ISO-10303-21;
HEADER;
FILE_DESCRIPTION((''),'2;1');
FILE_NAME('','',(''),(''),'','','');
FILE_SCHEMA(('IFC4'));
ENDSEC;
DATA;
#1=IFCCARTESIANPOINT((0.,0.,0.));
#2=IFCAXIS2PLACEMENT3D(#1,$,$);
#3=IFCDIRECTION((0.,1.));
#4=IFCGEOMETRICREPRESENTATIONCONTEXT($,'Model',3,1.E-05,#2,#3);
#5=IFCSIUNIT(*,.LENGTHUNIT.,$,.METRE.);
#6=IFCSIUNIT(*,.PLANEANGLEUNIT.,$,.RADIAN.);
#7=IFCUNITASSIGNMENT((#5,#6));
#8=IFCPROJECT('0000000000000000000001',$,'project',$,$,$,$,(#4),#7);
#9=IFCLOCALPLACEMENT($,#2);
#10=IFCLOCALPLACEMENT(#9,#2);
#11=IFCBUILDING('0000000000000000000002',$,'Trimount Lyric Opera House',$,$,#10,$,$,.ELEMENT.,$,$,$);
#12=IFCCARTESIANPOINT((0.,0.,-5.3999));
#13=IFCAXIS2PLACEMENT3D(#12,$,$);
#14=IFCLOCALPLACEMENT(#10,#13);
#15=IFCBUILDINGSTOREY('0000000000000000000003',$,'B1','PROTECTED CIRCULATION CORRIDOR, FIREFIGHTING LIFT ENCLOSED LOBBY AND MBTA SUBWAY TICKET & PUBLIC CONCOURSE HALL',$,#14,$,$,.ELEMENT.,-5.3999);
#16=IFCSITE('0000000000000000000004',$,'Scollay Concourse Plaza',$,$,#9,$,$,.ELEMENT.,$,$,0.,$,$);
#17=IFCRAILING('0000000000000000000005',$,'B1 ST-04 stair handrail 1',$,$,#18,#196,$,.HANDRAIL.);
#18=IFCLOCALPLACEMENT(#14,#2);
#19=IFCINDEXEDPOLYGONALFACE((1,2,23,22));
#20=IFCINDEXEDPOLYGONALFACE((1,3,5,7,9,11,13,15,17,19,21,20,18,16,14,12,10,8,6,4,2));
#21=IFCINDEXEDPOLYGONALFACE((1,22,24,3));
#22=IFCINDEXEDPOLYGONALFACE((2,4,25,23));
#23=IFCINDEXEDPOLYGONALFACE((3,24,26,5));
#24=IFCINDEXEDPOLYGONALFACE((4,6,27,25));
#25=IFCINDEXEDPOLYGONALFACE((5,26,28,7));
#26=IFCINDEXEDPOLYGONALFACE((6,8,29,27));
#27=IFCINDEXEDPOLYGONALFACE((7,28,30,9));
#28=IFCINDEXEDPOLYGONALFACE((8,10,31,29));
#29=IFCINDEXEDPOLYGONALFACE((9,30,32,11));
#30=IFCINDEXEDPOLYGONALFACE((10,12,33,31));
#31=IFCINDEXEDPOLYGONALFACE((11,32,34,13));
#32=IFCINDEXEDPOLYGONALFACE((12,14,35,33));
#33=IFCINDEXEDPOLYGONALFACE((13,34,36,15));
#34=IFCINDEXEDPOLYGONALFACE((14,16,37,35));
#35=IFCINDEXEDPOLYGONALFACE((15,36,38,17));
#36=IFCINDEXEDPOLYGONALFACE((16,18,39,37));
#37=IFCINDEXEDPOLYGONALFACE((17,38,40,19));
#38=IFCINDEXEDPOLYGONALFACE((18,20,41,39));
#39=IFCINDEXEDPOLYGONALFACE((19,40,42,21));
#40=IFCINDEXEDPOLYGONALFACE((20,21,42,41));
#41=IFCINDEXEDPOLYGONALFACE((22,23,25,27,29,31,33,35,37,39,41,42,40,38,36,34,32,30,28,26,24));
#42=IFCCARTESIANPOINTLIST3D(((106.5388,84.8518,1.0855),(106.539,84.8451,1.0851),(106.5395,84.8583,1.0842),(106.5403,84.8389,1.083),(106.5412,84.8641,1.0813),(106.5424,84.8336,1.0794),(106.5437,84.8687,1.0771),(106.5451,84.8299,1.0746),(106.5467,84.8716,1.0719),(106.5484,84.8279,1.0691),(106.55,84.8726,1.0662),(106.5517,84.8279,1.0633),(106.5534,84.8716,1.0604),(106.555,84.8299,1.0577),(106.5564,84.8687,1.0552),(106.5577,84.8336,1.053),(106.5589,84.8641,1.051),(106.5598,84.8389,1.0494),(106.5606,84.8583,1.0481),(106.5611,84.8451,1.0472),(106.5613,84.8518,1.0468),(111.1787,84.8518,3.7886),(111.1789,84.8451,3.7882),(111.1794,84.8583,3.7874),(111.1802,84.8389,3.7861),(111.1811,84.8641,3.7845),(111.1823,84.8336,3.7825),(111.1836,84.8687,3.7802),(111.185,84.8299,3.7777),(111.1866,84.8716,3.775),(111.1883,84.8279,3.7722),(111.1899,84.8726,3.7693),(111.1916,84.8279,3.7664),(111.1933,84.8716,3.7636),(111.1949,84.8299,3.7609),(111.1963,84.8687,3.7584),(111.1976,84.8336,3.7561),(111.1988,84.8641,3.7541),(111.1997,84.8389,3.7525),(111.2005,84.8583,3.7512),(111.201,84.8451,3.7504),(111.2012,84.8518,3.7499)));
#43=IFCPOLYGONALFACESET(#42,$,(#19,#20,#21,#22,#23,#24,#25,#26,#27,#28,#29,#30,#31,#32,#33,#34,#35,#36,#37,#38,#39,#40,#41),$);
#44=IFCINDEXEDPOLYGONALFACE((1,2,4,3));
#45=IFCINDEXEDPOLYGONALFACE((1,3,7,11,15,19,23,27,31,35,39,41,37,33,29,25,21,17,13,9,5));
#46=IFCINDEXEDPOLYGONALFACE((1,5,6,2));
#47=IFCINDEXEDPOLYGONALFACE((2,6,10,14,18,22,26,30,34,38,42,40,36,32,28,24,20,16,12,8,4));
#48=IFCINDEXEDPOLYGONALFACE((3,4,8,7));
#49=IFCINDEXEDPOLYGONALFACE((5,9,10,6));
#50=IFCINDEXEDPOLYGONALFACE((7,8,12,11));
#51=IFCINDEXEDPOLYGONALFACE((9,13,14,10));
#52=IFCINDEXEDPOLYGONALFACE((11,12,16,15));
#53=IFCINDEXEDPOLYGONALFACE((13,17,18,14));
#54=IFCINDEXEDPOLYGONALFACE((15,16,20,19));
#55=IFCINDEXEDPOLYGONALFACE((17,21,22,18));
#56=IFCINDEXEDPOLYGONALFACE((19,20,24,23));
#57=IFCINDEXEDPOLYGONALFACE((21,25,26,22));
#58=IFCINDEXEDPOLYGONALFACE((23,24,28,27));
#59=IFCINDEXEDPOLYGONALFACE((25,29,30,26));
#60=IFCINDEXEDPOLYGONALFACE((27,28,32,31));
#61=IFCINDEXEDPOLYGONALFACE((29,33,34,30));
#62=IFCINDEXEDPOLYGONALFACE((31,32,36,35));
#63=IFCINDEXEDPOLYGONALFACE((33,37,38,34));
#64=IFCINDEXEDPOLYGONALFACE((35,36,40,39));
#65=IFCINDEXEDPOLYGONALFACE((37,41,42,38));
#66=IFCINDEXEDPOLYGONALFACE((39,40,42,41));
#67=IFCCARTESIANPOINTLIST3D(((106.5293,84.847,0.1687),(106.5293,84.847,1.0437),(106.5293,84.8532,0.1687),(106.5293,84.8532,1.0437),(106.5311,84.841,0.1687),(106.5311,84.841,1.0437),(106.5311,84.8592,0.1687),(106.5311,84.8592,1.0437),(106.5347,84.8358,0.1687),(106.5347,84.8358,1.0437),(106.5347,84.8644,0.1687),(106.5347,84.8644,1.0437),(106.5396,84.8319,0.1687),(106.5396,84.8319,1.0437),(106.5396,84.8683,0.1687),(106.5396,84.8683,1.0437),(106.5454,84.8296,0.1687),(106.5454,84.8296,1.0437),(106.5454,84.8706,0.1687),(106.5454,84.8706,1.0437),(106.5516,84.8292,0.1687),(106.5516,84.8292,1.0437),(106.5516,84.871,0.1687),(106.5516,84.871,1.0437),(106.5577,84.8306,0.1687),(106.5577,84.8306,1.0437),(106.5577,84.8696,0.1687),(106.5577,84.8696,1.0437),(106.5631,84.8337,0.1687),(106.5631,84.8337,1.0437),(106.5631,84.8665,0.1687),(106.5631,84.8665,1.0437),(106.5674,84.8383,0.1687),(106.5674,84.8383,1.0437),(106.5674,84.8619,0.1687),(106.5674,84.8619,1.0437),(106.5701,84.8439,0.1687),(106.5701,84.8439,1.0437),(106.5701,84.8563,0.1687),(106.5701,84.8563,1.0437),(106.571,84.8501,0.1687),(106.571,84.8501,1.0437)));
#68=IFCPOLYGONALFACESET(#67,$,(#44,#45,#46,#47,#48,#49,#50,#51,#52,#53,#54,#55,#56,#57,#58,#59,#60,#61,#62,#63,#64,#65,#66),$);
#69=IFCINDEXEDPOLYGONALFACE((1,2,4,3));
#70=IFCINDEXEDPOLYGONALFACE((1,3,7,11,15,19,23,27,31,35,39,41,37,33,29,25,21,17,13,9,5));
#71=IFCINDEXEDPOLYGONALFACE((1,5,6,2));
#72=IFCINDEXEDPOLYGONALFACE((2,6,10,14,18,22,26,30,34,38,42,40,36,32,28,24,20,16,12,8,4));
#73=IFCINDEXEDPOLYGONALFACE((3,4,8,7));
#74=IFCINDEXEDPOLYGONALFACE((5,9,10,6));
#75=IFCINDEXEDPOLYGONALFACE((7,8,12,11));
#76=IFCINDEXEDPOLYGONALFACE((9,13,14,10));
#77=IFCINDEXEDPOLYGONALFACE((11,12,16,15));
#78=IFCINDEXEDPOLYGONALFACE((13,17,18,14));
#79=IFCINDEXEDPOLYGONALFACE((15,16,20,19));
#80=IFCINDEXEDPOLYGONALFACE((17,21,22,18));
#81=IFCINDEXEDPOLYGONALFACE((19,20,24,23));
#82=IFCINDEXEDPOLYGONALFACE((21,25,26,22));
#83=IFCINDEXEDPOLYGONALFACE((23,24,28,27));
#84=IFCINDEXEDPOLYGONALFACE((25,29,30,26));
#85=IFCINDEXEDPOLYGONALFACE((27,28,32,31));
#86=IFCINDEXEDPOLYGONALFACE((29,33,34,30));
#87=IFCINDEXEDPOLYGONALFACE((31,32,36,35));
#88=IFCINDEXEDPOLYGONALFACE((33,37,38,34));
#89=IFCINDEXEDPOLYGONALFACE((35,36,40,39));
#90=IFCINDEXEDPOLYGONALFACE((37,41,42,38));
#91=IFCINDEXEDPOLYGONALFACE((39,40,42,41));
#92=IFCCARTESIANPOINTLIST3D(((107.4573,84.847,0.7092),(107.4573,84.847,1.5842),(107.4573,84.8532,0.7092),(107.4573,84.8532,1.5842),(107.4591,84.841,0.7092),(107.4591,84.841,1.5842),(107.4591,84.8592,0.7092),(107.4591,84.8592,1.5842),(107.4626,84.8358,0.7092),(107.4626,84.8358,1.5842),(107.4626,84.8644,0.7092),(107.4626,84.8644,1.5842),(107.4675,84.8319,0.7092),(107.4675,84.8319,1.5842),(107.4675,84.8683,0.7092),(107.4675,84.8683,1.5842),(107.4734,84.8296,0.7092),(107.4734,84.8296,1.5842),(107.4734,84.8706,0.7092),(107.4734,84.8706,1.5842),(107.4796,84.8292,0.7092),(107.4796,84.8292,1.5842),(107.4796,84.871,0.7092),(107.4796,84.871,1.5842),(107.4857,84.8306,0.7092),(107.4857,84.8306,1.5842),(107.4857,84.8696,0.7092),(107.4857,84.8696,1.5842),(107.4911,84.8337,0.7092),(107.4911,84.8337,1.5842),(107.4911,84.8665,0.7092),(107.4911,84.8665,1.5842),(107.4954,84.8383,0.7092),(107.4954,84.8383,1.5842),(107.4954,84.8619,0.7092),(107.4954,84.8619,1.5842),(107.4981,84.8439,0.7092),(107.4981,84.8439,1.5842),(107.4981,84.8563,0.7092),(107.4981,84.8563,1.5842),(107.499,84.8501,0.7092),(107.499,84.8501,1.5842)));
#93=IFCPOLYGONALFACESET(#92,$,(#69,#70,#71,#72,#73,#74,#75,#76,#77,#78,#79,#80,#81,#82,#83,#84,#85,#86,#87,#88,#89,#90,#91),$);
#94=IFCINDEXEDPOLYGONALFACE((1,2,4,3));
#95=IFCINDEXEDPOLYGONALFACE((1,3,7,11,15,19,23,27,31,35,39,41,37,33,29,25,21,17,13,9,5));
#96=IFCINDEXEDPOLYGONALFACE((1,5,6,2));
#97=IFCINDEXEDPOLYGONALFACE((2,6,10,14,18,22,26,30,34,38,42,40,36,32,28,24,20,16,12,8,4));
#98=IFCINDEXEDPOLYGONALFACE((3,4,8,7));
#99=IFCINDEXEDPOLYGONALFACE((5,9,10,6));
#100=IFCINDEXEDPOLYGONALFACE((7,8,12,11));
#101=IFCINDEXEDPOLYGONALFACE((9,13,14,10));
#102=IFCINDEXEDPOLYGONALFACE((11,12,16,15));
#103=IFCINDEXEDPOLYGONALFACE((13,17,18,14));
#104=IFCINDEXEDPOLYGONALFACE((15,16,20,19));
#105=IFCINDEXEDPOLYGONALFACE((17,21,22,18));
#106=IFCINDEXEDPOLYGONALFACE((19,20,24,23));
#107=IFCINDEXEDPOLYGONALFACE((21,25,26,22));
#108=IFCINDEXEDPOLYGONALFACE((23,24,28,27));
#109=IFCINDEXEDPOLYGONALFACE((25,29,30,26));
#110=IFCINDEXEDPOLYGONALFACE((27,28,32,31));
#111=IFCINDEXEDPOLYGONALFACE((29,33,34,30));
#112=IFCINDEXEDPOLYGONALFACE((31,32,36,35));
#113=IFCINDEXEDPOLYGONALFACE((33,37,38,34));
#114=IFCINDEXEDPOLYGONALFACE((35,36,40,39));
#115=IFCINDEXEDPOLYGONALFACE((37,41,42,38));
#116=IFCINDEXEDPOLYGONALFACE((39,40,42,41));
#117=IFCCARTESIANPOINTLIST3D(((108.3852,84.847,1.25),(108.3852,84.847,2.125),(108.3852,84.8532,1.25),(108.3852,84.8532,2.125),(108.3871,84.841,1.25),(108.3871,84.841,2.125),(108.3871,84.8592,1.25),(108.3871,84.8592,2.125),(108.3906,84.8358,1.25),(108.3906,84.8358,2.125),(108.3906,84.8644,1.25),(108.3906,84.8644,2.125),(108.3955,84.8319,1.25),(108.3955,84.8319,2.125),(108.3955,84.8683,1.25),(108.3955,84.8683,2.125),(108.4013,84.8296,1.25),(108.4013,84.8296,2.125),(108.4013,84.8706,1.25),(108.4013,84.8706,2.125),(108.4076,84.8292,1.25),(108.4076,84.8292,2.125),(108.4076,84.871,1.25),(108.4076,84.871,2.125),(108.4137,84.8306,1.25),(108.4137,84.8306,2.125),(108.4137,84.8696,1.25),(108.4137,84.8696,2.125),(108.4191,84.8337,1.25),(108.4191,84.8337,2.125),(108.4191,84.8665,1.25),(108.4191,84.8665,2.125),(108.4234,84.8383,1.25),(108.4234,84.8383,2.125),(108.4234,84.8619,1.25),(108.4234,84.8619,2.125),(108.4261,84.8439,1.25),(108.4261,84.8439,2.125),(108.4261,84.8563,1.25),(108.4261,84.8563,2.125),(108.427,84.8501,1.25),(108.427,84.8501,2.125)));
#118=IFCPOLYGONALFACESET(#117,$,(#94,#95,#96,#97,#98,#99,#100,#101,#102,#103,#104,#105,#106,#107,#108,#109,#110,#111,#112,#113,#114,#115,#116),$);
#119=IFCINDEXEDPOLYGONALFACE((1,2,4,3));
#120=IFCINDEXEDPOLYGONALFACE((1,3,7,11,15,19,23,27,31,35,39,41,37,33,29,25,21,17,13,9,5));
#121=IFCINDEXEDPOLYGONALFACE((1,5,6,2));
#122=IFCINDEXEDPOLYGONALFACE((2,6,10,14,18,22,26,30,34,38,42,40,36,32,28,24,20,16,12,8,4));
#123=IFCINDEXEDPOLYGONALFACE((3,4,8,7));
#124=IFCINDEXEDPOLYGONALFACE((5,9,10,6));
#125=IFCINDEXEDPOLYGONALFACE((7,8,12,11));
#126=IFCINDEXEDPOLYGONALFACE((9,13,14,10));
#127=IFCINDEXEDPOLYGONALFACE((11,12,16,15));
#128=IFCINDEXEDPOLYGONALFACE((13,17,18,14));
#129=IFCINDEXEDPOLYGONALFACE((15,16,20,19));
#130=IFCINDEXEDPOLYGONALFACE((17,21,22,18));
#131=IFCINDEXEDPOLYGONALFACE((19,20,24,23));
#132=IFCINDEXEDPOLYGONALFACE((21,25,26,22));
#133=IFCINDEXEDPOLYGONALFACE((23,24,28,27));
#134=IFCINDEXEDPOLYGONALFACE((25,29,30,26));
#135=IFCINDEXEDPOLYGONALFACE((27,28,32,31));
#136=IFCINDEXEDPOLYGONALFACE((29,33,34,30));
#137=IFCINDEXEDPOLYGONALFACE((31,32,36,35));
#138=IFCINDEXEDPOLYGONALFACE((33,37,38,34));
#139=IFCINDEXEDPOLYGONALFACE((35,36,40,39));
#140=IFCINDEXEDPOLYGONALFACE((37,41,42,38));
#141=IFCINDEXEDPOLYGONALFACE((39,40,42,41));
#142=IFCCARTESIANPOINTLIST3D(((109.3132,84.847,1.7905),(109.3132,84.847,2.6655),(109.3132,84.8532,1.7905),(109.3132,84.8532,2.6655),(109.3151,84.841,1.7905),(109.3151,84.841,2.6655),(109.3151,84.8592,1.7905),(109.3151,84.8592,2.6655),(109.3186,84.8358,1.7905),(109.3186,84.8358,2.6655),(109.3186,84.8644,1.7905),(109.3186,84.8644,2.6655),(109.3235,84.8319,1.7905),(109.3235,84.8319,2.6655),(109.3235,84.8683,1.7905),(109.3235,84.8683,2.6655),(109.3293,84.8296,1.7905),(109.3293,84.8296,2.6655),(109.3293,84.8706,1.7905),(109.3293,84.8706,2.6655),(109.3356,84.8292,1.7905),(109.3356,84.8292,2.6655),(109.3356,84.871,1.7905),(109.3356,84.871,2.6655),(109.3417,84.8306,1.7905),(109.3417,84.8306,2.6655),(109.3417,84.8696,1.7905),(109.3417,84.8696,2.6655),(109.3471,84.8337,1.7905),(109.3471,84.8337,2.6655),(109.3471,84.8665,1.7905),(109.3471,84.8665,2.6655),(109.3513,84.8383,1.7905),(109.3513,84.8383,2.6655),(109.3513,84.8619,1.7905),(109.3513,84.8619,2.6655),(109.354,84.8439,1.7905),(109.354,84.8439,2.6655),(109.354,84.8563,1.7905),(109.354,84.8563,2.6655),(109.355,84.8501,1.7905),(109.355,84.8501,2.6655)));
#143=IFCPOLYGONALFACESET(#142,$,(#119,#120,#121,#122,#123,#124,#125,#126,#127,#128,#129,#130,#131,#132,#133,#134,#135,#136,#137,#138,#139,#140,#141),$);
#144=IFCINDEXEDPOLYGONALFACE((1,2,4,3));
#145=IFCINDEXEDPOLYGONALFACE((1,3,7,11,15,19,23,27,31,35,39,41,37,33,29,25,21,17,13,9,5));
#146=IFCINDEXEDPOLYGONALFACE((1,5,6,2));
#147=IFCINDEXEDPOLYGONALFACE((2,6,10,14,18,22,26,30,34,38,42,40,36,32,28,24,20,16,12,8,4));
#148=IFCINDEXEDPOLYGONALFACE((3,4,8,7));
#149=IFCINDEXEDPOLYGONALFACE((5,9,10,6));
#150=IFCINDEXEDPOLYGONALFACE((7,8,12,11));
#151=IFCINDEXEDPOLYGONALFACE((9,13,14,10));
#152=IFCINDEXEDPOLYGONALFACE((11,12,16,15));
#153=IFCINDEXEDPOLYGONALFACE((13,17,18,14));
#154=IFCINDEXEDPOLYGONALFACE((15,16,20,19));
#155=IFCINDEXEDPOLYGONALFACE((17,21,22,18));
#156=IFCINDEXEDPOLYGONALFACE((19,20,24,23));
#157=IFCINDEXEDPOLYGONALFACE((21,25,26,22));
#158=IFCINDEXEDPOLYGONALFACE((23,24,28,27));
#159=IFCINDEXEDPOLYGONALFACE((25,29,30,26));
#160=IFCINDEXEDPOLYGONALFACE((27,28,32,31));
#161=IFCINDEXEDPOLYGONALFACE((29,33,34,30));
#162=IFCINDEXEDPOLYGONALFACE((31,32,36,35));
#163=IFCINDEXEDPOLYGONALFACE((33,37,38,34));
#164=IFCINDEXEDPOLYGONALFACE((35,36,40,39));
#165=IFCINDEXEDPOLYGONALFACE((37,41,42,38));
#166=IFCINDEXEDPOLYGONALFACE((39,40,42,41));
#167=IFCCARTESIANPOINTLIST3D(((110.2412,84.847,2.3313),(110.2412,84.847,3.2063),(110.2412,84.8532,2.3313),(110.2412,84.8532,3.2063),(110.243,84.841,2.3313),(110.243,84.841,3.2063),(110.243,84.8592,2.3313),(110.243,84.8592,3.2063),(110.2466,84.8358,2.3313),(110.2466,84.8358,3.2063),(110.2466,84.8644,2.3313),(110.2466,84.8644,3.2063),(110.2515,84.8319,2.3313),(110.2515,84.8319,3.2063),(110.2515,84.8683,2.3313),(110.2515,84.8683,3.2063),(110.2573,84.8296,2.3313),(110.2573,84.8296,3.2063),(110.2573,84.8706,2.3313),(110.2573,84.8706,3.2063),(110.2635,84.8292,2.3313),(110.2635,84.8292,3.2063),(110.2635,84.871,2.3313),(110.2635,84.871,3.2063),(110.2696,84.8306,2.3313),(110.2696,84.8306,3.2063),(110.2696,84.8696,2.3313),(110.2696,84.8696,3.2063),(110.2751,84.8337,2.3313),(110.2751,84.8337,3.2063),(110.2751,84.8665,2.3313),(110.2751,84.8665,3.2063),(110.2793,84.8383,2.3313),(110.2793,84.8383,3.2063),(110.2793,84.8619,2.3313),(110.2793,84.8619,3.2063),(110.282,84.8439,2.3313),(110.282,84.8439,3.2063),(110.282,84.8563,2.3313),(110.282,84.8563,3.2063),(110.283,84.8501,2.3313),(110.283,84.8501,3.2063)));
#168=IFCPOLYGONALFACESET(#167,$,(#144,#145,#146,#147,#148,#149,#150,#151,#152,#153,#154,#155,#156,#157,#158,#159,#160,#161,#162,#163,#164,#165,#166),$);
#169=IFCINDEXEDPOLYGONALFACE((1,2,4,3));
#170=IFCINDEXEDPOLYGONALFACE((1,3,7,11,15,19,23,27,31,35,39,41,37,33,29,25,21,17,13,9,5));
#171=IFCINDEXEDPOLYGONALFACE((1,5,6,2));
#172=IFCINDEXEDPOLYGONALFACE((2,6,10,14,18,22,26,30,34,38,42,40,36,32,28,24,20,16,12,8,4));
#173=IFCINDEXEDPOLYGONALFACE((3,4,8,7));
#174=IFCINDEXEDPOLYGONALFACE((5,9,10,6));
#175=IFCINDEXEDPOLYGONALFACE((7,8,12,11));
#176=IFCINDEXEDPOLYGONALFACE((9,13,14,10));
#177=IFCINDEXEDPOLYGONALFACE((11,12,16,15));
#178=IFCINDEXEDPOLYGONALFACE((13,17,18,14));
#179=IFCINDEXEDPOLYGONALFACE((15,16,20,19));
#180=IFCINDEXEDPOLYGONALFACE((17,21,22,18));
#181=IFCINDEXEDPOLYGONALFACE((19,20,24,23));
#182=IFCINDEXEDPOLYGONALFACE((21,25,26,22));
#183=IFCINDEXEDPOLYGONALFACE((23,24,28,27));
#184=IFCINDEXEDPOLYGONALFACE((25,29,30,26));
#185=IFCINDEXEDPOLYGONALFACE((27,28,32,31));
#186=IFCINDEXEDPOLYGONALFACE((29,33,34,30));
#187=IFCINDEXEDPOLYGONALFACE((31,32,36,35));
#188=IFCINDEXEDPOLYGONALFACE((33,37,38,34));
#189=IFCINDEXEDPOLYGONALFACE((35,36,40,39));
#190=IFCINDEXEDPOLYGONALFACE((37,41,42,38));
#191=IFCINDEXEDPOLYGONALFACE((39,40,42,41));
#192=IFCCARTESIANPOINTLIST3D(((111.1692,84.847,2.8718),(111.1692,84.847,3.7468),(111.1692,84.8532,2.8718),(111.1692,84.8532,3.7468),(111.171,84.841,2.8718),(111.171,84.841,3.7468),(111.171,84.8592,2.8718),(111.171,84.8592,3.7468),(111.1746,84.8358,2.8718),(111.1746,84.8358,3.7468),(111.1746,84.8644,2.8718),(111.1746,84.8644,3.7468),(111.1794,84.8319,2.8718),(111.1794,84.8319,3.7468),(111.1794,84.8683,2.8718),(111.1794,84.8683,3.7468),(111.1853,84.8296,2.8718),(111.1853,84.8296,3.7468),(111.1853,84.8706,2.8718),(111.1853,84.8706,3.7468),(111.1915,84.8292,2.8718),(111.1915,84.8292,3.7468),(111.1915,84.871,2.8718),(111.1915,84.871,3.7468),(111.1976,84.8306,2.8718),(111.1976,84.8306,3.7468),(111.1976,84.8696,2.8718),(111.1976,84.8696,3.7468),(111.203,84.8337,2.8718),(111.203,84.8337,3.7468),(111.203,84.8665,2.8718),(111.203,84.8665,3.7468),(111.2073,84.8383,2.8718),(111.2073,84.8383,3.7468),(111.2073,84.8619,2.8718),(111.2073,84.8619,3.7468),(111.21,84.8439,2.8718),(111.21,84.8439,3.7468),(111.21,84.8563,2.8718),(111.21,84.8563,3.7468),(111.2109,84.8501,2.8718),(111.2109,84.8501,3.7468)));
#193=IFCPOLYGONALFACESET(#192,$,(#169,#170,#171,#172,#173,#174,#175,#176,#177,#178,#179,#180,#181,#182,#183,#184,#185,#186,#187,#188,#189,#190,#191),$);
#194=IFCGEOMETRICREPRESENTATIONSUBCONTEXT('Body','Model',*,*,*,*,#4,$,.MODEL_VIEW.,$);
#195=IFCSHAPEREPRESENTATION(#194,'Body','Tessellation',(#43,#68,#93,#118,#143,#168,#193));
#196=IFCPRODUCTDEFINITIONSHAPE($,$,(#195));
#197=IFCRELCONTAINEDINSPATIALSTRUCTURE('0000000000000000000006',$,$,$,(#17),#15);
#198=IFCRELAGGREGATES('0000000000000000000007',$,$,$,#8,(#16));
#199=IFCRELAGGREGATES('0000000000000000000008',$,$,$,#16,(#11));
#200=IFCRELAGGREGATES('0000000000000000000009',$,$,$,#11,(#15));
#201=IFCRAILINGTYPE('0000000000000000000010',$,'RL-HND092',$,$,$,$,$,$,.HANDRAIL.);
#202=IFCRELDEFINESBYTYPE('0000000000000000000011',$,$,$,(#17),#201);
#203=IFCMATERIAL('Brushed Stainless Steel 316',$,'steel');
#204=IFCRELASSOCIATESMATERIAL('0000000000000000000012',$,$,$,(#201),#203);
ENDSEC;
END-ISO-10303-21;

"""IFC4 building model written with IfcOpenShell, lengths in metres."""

from ifc_helpers import new_model, si_unit, direction, frame, origin, origin_2d, place, context, subcontext, project, spatial, circle, extrude, material, type_object, element, save


model = new_model("IFC4")

# Units and contexts
model_context = context("Model", 3, precision=1e-05, world=origin(), true_north=direction((0.0, 1.0)))
body_context = subcontext(model_context, "Body", "Model", "MODEL_VIEW")
ifc_project = project(units=[si_unit("LENGTHUNIT", "METRE"), si_unit("PLANEANGLEUNIT", "RADIAN")], contexts=[model_context])

# Site, building, storey
site_placement = place(None, origin())
site = spatial("IfcSite", under=ifc_project, at=site_placement, Name="Scollay Concourse Plaza", CompositionType="ELEMENT", RefElevation=0.0)
building_placement = place(site_placement, origin())
building = spatial("IfcBuilding", under=site, at=building_placement, Name="Trimount Lyric Opera House", CompositionType="ELEMENT")
storey_placement = place(building_placement, frame((0.0, 0.0, -5.3999)))
storey = spatial("IfcBuildingStorey", under=building, at=storey_placement, Name="B1", Description="PROTECTED CIRCULATION CORRIDOR, FIREFIGHTING LIFT ENCLOSED LOBBY AND MBTA SUBWAY TICKET & PUBLIC CONCOURSE HALL", CompositionType="ELEMENT", Elevation=-5.3999)

# Railing
ifc_material_1 = material(Name="Brushed Stainless Steel 316", Category="steel")
railing_type_1 = type_object("IfcRailingType", Name="RL-HND092", PredefinedType="HANDRAIL", material=ifc_material_1)
railing_1_placement = place(storey_placement, frame((106.55, 84.8501, 0.1687)))
element("IfcRailing", 1, at=railing_1_placement, inside=storey, type_object=railing_type_1, Name="B1 ST-04 stair handrail 1", PredefinedType="HANDRAIL", context=body_context, shape_type="SweptSolid", body=[
    extrude(circle(Radius=0.0225, at=origin_2d()), frame((0.0, 0.0, 0.8975), z_axis=(0.864061, 0.0, 0.503388), x_axis=(0.0, 1.0, 0.0)), (0.0, 0.0, 1.0), 5.3699),
    extrude(circle(Radius=0.021, at=origin_2d()), origin(), (0.0, 0.0, 1.0), 0.875),
    extrude(circle(Radius=0.021, at=origin_2d()), frame((0.928, 0.0, 0.5405)), (0.0, 0.0, 1.0), 0.875),
    extrude(circle(Radius=0.021, at=origin_2d()), frame((1.856, 0.0, 1.0813)), (0.0, 0.0, 1.0), 0.875),
    extrude(circle(Radius=0.021, at=origin_2d()), frame((2.7839, 0.0, 1.6218)), (0.0, 0.0, 1.0), 0.875),
    extrude(circle(Radius=0.021, at=origin_2d()), frame((3.7119, 0.0, 2.1626)), (0.0, 0.0, 1.0), 0.875),
    extrude(circle(Radius=0.021, at=origin_2d()), frame((4.6399, 0.0, 2.7031)), (0.0, 0.0, 1.0), 0.875),
])

save(model, "model.ifc")
